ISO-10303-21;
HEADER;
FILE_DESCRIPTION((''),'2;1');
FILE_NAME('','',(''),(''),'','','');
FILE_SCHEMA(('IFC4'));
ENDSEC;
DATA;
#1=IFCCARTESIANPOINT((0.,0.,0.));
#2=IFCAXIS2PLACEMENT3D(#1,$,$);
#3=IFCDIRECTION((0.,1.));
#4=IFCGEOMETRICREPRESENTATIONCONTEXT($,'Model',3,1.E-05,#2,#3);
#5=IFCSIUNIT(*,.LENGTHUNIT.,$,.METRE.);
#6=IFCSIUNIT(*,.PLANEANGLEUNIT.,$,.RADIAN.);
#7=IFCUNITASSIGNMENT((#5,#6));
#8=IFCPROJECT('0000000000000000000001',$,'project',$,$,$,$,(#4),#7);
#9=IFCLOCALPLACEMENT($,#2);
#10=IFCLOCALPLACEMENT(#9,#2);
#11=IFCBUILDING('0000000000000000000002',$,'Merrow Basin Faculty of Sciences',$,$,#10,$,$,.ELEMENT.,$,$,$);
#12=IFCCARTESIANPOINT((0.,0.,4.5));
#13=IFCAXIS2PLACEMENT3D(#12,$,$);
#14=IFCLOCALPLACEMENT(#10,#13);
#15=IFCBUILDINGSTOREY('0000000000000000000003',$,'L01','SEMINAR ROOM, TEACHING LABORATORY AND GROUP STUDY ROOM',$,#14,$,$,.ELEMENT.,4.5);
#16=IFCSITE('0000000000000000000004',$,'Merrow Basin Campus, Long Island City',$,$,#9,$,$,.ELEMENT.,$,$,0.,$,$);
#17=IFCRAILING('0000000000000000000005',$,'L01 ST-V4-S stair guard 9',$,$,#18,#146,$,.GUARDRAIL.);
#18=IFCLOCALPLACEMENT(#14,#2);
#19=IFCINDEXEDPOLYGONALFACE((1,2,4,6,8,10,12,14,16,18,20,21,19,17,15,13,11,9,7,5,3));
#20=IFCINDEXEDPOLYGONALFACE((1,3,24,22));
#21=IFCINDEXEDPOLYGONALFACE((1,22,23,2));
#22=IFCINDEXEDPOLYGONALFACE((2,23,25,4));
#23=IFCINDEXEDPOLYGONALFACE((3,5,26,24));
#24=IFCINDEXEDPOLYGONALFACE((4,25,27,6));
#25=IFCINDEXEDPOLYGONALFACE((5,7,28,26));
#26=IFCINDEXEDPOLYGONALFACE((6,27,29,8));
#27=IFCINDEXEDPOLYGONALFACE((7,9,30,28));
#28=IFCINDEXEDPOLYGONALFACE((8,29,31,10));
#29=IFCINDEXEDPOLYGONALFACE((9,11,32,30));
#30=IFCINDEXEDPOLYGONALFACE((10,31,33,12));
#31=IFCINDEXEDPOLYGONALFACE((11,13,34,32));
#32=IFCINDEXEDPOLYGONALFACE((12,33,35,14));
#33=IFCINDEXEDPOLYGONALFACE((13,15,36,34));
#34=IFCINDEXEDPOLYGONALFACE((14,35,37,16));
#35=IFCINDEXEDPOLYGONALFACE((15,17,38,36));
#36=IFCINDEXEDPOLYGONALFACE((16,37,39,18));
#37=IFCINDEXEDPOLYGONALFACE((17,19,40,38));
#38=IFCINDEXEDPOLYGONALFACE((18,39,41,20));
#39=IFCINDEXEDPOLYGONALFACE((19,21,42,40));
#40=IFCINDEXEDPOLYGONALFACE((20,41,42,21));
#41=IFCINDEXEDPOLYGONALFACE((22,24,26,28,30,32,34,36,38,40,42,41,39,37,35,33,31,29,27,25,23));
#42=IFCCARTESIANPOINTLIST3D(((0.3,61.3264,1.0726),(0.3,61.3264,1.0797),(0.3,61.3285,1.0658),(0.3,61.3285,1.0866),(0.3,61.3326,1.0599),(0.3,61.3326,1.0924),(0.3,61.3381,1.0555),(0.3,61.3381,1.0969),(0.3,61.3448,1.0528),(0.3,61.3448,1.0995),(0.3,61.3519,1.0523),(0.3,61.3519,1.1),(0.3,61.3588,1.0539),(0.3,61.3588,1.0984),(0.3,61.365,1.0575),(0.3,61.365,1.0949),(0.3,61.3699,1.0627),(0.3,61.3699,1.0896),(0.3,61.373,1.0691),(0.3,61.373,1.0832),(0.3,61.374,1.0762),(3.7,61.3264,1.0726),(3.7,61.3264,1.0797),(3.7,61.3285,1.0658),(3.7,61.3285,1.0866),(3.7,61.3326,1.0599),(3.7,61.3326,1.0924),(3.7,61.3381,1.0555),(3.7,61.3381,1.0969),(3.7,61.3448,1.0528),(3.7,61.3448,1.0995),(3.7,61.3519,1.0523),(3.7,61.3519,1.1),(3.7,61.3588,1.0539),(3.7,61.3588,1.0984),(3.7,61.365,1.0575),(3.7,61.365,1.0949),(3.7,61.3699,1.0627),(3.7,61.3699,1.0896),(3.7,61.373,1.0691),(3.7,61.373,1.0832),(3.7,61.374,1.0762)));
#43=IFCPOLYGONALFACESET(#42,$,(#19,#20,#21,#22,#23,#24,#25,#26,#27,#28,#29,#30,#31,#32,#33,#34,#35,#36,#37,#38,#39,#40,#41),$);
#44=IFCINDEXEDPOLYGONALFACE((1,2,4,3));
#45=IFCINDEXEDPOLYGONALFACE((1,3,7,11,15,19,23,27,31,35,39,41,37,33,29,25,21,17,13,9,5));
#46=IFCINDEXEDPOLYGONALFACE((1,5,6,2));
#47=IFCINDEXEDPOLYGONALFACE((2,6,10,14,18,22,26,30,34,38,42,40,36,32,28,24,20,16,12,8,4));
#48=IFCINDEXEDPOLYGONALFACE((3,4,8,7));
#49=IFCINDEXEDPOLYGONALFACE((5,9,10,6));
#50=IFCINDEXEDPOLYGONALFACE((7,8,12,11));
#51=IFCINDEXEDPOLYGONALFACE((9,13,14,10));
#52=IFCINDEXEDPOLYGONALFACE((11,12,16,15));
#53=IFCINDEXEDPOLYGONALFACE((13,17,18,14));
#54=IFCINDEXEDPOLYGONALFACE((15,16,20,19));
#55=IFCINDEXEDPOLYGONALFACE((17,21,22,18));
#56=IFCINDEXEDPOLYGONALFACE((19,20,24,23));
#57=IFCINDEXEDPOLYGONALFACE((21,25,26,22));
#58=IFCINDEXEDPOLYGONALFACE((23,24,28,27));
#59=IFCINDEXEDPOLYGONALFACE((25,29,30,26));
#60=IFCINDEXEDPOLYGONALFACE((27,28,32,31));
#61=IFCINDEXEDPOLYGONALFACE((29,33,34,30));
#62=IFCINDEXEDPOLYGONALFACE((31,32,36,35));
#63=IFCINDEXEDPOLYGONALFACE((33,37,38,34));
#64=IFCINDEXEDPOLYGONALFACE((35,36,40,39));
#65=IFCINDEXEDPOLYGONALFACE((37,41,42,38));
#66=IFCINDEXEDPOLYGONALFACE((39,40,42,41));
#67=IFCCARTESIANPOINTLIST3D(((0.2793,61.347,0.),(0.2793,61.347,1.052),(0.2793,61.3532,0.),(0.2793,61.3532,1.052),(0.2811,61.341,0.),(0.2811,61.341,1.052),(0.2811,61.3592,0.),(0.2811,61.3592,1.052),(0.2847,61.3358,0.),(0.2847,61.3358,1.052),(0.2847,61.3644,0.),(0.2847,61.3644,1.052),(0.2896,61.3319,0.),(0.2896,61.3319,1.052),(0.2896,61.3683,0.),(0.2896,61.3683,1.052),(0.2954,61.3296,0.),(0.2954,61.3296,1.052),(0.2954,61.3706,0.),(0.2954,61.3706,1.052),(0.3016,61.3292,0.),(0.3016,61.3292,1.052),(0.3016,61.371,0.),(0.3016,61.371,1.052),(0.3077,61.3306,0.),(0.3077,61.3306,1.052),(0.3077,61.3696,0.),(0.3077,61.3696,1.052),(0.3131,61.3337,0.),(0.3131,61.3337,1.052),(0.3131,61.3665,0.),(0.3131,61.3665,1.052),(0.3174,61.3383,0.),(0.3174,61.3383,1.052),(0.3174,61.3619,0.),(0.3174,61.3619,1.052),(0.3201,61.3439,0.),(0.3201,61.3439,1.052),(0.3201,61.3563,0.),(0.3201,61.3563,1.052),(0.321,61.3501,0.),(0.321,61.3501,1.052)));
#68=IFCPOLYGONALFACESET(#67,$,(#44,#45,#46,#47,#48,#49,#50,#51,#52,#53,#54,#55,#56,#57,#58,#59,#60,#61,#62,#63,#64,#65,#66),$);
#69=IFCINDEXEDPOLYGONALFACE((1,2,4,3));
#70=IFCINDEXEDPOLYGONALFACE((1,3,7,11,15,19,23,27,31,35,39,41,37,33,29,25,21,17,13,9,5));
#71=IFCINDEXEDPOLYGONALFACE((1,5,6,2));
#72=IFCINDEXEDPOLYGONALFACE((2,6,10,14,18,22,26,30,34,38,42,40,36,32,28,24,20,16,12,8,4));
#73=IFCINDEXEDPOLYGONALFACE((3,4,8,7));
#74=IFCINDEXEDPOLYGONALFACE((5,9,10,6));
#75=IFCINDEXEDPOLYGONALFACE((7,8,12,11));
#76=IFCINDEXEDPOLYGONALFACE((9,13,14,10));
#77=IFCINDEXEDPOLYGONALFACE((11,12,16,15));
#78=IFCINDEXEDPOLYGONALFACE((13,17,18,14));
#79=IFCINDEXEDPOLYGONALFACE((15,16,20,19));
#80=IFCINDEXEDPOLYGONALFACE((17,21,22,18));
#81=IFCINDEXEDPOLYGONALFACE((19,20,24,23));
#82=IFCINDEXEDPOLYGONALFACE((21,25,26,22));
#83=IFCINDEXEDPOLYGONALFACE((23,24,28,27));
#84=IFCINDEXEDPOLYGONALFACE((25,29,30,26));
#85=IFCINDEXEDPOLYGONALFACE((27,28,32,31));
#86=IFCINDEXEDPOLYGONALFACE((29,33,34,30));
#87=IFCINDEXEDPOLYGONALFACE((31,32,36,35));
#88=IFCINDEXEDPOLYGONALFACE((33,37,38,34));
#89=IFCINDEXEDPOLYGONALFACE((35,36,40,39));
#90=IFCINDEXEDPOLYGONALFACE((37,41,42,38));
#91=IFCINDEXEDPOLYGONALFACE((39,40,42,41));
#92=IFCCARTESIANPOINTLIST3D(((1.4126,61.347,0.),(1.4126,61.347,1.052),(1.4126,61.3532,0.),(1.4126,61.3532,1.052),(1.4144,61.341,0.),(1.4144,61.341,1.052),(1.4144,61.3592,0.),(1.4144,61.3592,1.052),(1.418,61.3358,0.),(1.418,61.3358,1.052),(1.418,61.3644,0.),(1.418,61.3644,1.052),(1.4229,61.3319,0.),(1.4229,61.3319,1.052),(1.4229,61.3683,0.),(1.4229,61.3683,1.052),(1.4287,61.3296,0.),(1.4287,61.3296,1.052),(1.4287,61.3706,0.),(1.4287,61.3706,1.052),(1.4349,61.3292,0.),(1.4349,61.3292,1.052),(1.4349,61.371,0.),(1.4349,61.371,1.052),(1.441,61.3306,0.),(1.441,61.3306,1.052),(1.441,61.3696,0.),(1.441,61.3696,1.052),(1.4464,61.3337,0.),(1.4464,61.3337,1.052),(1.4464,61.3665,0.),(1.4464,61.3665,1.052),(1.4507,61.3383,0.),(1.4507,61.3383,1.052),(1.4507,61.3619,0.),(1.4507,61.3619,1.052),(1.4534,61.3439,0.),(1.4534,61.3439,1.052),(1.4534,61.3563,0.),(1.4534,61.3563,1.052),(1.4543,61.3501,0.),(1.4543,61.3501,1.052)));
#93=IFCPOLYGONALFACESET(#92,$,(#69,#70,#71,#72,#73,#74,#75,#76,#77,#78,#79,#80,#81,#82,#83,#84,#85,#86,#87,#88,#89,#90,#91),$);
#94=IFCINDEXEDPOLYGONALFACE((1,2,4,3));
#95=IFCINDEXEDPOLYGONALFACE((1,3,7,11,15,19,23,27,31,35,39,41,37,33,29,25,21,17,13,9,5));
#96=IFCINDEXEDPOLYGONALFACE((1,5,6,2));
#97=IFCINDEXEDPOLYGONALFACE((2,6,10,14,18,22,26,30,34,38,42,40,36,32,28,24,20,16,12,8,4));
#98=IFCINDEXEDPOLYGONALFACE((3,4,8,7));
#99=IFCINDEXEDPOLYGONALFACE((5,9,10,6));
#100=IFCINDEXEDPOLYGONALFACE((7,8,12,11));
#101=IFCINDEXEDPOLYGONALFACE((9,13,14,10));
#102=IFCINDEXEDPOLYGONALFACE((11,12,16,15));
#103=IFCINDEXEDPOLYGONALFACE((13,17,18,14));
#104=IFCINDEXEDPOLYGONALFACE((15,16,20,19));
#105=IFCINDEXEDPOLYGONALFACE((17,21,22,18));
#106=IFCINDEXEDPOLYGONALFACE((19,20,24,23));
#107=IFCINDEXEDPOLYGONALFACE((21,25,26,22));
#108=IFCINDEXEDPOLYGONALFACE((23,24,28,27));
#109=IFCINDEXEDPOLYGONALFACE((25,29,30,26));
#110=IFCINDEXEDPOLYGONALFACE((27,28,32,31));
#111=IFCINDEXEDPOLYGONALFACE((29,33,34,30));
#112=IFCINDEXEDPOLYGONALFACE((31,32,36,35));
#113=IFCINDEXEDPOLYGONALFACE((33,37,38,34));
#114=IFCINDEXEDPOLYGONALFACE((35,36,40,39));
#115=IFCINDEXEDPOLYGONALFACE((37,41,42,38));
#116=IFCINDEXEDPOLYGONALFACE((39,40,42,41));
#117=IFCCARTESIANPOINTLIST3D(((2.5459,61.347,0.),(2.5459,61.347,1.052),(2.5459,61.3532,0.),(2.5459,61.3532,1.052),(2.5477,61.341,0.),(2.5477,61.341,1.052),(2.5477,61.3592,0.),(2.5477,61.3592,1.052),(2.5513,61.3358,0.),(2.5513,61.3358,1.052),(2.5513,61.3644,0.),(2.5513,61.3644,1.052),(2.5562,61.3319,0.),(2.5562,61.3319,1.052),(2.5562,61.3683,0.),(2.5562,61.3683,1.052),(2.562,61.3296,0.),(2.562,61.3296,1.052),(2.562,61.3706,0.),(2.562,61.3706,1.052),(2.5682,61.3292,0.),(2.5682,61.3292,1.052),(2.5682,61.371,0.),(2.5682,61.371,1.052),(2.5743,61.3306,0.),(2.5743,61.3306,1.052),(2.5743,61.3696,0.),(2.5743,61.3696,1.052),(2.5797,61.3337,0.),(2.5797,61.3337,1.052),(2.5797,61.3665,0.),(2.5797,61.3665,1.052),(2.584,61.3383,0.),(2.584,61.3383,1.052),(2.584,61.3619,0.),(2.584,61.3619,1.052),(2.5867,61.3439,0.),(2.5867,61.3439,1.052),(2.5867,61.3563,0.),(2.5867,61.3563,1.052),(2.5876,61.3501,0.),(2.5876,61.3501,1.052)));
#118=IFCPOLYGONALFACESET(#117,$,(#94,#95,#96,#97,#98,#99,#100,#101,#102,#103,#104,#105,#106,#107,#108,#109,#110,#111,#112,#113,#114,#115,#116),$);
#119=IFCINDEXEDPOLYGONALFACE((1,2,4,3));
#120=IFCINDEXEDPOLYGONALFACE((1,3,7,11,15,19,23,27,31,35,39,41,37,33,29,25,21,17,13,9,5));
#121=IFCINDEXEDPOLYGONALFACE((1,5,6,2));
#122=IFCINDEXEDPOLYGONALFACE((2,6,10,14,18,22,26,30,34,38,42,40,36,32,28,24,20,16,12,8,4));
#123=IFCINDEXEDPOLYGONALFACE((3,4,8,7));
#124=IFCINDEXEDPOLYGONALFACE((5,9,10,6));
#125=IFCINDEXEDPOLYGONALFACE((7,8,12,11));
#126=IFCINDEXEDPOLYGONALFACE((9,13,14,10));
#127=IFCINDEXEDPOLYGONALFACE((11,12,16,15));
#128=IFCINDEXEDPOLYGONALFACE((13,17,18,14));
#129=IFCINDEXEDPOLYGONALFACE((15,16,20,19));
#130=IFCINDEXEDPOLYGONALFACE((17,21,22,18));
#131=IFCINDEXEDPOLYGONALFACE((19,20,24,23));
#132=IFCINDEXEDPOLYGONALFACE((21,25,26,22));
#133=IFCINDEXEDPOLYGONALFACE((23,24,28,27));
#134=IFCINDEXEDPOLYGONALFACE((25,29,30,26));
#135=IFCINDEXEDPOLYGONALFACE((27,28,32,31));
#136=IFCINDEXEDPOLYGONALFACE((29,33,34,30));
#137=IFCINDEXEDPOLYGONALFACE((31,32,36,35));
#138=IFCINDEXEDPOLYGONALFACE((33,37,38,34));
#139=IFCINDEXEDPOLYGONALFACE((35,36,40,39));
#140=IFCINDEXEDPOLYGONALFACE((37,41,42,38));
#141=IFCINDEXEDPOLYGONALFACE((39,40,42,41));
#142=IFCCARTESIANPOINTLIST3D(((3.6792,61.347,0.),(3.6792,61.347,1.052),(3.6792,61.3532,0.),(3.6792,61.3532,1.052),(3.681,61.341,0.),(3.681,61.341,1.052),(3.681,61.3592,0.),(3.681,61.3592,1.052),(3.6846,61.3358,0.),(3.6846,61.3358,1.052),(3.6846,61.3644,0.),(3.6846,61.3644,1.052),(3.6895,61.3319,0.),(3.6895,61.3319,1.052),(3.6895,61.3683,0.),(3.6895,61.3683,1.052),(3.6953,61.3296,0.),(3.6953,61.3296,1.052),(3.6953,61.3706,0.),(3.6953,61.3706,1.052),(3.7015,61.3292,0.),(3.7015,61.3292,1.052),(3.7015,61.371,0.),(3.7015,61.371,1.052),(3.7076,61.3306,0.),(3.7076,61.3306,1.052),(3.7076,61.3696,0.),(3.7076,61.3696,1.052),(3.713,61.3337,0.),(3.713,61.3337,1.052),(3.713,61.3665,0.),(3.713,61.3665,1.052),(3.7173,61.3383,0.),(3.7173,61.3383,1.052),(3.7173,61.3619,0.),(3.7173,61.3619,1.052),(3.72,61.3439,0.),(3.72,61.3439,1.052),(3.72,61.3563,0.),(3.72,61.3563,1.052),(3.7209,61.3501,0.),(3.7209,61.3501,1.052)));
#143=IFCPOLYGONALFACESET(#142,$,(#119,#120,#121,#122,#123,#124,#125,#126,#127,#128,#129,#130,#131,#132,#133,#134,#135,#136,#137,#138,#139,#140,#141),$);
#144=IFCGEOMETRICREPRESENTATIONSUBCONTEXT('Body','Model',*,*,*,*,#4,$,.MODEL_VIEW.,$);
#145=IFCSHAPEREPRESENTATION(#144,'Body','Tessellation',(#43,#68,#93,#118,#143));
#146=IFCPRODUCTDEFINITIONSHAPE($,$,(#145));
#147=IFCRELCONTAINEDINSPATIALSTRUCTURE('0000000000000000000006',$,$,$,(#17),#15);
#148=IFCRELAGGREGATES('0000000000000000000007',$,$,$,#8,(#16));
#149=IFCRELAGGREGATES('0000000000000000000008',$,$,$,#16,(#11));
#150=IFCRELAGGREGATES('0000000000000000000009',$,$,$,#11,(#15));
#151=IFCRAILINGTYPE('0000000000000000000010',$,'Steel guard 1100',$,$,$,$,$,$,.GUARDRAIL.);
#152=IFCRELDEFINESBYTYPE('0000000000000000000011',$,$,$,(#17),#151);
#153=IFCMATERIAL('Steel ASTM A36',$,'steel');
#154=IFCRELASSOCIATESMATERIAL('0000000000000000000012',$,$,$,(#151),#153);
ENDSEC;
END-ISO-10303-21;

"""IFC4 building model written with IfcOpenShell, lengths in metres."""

from ifc_helpers import new_model, si_unit, direction, frame, origin, origin_2d, place, context, subcontext, project, spatial, circle, extrude, material, type_object, element, save


model = new_model("IFC4")

# Units and contexts
model_context = context("Model", 3, precision=1e-05, world=origin(), true_north=direction((0.0, 1.0)))
body_context = subcontext(model_context, "Body", "Model", "MODEL_VIEW")
ifc_project = project(units=[si_unit("LENGTHUNIT", "METRE"), si_unit("PLANEANGLEUNIT", "RADIAN")], contexts=[model_context])

# Site, building, storey
site_placement = place(None, origin())
site = spatial("IfcSite", under=ifc_project, at=site_placement, Name="Merrow Basin Campus, Long Island City", CompositionType="ELEMENT", RefElevation=0.0)
building_placement = place(site_placement, origin())
building = spatial("IfcBuilding", under=site, at=building_placement, Name="Merrow Basin Faculty of Sciences", CompositionType="ELEMENT")
storey_placement = place(building_placement, frame((0.0, 0.0, 4.5)))
storey = spatial("IfcBuildingStorey", under=building, at=storey_placement, Name="L01", Description="SEMINAR ROOM, TEACHING LABORATORY AND GROUP STUDY ROOM", CompositionType="ELEMENT", Elevation=4.5)

# Railing
ifc_material_1 = material(Name="Steel ASTM A36", Category="steel")
railing_type_1 = type_object("IfcRailingType", Name="Steel guard 1100", PredefinedType="GUARDRAIL", material=ifc_material_1)
railing_1_placement = place(storey_placement, frame((0.3, 61.3501, 0.0)))
element("IfcRailing", 1, at=railing_1_placement, inside=storey, type_object=railing_type_1, Name="L01 ST-V4-S stair guard 9", PredefinedType="GUARDRAIL", context=body_context, shape_type="SweptSolid", body=[
    extrude(circle(Radius=0.0239, at=origin_2d()), frame((0.0, 0.0, 1.0762), z_axis=(1.0, 0.0, 0.0), x_axis=(0.0, 1.0, 0.0)), (0.0, 0.0, 1.0), 3.3999),
    extrude(circle(Radius=0.021, at=origin_2d()), origin(), (0.0, 0.0, 1.0), 1.052),
    extrude(circle(Radius=0.021, at=origin_2d()), frame((1.1333, 0.0, 0.0)), (0.0, 0.0, 1.0), 1.052),
    extrude(circle(Radius=0.021, at=origin_2d()), frame((2.2666, 0.0, 0.0)), (0.0, 0.0, 1.0), 1.052),
    extrude(circle(Radius=0.021, at=origin_2d()), frame((3.3999, 0.0, 0.0)), (0.0, 0.0, 1.0), 1.052),
])

save(model, "model.ifc")
